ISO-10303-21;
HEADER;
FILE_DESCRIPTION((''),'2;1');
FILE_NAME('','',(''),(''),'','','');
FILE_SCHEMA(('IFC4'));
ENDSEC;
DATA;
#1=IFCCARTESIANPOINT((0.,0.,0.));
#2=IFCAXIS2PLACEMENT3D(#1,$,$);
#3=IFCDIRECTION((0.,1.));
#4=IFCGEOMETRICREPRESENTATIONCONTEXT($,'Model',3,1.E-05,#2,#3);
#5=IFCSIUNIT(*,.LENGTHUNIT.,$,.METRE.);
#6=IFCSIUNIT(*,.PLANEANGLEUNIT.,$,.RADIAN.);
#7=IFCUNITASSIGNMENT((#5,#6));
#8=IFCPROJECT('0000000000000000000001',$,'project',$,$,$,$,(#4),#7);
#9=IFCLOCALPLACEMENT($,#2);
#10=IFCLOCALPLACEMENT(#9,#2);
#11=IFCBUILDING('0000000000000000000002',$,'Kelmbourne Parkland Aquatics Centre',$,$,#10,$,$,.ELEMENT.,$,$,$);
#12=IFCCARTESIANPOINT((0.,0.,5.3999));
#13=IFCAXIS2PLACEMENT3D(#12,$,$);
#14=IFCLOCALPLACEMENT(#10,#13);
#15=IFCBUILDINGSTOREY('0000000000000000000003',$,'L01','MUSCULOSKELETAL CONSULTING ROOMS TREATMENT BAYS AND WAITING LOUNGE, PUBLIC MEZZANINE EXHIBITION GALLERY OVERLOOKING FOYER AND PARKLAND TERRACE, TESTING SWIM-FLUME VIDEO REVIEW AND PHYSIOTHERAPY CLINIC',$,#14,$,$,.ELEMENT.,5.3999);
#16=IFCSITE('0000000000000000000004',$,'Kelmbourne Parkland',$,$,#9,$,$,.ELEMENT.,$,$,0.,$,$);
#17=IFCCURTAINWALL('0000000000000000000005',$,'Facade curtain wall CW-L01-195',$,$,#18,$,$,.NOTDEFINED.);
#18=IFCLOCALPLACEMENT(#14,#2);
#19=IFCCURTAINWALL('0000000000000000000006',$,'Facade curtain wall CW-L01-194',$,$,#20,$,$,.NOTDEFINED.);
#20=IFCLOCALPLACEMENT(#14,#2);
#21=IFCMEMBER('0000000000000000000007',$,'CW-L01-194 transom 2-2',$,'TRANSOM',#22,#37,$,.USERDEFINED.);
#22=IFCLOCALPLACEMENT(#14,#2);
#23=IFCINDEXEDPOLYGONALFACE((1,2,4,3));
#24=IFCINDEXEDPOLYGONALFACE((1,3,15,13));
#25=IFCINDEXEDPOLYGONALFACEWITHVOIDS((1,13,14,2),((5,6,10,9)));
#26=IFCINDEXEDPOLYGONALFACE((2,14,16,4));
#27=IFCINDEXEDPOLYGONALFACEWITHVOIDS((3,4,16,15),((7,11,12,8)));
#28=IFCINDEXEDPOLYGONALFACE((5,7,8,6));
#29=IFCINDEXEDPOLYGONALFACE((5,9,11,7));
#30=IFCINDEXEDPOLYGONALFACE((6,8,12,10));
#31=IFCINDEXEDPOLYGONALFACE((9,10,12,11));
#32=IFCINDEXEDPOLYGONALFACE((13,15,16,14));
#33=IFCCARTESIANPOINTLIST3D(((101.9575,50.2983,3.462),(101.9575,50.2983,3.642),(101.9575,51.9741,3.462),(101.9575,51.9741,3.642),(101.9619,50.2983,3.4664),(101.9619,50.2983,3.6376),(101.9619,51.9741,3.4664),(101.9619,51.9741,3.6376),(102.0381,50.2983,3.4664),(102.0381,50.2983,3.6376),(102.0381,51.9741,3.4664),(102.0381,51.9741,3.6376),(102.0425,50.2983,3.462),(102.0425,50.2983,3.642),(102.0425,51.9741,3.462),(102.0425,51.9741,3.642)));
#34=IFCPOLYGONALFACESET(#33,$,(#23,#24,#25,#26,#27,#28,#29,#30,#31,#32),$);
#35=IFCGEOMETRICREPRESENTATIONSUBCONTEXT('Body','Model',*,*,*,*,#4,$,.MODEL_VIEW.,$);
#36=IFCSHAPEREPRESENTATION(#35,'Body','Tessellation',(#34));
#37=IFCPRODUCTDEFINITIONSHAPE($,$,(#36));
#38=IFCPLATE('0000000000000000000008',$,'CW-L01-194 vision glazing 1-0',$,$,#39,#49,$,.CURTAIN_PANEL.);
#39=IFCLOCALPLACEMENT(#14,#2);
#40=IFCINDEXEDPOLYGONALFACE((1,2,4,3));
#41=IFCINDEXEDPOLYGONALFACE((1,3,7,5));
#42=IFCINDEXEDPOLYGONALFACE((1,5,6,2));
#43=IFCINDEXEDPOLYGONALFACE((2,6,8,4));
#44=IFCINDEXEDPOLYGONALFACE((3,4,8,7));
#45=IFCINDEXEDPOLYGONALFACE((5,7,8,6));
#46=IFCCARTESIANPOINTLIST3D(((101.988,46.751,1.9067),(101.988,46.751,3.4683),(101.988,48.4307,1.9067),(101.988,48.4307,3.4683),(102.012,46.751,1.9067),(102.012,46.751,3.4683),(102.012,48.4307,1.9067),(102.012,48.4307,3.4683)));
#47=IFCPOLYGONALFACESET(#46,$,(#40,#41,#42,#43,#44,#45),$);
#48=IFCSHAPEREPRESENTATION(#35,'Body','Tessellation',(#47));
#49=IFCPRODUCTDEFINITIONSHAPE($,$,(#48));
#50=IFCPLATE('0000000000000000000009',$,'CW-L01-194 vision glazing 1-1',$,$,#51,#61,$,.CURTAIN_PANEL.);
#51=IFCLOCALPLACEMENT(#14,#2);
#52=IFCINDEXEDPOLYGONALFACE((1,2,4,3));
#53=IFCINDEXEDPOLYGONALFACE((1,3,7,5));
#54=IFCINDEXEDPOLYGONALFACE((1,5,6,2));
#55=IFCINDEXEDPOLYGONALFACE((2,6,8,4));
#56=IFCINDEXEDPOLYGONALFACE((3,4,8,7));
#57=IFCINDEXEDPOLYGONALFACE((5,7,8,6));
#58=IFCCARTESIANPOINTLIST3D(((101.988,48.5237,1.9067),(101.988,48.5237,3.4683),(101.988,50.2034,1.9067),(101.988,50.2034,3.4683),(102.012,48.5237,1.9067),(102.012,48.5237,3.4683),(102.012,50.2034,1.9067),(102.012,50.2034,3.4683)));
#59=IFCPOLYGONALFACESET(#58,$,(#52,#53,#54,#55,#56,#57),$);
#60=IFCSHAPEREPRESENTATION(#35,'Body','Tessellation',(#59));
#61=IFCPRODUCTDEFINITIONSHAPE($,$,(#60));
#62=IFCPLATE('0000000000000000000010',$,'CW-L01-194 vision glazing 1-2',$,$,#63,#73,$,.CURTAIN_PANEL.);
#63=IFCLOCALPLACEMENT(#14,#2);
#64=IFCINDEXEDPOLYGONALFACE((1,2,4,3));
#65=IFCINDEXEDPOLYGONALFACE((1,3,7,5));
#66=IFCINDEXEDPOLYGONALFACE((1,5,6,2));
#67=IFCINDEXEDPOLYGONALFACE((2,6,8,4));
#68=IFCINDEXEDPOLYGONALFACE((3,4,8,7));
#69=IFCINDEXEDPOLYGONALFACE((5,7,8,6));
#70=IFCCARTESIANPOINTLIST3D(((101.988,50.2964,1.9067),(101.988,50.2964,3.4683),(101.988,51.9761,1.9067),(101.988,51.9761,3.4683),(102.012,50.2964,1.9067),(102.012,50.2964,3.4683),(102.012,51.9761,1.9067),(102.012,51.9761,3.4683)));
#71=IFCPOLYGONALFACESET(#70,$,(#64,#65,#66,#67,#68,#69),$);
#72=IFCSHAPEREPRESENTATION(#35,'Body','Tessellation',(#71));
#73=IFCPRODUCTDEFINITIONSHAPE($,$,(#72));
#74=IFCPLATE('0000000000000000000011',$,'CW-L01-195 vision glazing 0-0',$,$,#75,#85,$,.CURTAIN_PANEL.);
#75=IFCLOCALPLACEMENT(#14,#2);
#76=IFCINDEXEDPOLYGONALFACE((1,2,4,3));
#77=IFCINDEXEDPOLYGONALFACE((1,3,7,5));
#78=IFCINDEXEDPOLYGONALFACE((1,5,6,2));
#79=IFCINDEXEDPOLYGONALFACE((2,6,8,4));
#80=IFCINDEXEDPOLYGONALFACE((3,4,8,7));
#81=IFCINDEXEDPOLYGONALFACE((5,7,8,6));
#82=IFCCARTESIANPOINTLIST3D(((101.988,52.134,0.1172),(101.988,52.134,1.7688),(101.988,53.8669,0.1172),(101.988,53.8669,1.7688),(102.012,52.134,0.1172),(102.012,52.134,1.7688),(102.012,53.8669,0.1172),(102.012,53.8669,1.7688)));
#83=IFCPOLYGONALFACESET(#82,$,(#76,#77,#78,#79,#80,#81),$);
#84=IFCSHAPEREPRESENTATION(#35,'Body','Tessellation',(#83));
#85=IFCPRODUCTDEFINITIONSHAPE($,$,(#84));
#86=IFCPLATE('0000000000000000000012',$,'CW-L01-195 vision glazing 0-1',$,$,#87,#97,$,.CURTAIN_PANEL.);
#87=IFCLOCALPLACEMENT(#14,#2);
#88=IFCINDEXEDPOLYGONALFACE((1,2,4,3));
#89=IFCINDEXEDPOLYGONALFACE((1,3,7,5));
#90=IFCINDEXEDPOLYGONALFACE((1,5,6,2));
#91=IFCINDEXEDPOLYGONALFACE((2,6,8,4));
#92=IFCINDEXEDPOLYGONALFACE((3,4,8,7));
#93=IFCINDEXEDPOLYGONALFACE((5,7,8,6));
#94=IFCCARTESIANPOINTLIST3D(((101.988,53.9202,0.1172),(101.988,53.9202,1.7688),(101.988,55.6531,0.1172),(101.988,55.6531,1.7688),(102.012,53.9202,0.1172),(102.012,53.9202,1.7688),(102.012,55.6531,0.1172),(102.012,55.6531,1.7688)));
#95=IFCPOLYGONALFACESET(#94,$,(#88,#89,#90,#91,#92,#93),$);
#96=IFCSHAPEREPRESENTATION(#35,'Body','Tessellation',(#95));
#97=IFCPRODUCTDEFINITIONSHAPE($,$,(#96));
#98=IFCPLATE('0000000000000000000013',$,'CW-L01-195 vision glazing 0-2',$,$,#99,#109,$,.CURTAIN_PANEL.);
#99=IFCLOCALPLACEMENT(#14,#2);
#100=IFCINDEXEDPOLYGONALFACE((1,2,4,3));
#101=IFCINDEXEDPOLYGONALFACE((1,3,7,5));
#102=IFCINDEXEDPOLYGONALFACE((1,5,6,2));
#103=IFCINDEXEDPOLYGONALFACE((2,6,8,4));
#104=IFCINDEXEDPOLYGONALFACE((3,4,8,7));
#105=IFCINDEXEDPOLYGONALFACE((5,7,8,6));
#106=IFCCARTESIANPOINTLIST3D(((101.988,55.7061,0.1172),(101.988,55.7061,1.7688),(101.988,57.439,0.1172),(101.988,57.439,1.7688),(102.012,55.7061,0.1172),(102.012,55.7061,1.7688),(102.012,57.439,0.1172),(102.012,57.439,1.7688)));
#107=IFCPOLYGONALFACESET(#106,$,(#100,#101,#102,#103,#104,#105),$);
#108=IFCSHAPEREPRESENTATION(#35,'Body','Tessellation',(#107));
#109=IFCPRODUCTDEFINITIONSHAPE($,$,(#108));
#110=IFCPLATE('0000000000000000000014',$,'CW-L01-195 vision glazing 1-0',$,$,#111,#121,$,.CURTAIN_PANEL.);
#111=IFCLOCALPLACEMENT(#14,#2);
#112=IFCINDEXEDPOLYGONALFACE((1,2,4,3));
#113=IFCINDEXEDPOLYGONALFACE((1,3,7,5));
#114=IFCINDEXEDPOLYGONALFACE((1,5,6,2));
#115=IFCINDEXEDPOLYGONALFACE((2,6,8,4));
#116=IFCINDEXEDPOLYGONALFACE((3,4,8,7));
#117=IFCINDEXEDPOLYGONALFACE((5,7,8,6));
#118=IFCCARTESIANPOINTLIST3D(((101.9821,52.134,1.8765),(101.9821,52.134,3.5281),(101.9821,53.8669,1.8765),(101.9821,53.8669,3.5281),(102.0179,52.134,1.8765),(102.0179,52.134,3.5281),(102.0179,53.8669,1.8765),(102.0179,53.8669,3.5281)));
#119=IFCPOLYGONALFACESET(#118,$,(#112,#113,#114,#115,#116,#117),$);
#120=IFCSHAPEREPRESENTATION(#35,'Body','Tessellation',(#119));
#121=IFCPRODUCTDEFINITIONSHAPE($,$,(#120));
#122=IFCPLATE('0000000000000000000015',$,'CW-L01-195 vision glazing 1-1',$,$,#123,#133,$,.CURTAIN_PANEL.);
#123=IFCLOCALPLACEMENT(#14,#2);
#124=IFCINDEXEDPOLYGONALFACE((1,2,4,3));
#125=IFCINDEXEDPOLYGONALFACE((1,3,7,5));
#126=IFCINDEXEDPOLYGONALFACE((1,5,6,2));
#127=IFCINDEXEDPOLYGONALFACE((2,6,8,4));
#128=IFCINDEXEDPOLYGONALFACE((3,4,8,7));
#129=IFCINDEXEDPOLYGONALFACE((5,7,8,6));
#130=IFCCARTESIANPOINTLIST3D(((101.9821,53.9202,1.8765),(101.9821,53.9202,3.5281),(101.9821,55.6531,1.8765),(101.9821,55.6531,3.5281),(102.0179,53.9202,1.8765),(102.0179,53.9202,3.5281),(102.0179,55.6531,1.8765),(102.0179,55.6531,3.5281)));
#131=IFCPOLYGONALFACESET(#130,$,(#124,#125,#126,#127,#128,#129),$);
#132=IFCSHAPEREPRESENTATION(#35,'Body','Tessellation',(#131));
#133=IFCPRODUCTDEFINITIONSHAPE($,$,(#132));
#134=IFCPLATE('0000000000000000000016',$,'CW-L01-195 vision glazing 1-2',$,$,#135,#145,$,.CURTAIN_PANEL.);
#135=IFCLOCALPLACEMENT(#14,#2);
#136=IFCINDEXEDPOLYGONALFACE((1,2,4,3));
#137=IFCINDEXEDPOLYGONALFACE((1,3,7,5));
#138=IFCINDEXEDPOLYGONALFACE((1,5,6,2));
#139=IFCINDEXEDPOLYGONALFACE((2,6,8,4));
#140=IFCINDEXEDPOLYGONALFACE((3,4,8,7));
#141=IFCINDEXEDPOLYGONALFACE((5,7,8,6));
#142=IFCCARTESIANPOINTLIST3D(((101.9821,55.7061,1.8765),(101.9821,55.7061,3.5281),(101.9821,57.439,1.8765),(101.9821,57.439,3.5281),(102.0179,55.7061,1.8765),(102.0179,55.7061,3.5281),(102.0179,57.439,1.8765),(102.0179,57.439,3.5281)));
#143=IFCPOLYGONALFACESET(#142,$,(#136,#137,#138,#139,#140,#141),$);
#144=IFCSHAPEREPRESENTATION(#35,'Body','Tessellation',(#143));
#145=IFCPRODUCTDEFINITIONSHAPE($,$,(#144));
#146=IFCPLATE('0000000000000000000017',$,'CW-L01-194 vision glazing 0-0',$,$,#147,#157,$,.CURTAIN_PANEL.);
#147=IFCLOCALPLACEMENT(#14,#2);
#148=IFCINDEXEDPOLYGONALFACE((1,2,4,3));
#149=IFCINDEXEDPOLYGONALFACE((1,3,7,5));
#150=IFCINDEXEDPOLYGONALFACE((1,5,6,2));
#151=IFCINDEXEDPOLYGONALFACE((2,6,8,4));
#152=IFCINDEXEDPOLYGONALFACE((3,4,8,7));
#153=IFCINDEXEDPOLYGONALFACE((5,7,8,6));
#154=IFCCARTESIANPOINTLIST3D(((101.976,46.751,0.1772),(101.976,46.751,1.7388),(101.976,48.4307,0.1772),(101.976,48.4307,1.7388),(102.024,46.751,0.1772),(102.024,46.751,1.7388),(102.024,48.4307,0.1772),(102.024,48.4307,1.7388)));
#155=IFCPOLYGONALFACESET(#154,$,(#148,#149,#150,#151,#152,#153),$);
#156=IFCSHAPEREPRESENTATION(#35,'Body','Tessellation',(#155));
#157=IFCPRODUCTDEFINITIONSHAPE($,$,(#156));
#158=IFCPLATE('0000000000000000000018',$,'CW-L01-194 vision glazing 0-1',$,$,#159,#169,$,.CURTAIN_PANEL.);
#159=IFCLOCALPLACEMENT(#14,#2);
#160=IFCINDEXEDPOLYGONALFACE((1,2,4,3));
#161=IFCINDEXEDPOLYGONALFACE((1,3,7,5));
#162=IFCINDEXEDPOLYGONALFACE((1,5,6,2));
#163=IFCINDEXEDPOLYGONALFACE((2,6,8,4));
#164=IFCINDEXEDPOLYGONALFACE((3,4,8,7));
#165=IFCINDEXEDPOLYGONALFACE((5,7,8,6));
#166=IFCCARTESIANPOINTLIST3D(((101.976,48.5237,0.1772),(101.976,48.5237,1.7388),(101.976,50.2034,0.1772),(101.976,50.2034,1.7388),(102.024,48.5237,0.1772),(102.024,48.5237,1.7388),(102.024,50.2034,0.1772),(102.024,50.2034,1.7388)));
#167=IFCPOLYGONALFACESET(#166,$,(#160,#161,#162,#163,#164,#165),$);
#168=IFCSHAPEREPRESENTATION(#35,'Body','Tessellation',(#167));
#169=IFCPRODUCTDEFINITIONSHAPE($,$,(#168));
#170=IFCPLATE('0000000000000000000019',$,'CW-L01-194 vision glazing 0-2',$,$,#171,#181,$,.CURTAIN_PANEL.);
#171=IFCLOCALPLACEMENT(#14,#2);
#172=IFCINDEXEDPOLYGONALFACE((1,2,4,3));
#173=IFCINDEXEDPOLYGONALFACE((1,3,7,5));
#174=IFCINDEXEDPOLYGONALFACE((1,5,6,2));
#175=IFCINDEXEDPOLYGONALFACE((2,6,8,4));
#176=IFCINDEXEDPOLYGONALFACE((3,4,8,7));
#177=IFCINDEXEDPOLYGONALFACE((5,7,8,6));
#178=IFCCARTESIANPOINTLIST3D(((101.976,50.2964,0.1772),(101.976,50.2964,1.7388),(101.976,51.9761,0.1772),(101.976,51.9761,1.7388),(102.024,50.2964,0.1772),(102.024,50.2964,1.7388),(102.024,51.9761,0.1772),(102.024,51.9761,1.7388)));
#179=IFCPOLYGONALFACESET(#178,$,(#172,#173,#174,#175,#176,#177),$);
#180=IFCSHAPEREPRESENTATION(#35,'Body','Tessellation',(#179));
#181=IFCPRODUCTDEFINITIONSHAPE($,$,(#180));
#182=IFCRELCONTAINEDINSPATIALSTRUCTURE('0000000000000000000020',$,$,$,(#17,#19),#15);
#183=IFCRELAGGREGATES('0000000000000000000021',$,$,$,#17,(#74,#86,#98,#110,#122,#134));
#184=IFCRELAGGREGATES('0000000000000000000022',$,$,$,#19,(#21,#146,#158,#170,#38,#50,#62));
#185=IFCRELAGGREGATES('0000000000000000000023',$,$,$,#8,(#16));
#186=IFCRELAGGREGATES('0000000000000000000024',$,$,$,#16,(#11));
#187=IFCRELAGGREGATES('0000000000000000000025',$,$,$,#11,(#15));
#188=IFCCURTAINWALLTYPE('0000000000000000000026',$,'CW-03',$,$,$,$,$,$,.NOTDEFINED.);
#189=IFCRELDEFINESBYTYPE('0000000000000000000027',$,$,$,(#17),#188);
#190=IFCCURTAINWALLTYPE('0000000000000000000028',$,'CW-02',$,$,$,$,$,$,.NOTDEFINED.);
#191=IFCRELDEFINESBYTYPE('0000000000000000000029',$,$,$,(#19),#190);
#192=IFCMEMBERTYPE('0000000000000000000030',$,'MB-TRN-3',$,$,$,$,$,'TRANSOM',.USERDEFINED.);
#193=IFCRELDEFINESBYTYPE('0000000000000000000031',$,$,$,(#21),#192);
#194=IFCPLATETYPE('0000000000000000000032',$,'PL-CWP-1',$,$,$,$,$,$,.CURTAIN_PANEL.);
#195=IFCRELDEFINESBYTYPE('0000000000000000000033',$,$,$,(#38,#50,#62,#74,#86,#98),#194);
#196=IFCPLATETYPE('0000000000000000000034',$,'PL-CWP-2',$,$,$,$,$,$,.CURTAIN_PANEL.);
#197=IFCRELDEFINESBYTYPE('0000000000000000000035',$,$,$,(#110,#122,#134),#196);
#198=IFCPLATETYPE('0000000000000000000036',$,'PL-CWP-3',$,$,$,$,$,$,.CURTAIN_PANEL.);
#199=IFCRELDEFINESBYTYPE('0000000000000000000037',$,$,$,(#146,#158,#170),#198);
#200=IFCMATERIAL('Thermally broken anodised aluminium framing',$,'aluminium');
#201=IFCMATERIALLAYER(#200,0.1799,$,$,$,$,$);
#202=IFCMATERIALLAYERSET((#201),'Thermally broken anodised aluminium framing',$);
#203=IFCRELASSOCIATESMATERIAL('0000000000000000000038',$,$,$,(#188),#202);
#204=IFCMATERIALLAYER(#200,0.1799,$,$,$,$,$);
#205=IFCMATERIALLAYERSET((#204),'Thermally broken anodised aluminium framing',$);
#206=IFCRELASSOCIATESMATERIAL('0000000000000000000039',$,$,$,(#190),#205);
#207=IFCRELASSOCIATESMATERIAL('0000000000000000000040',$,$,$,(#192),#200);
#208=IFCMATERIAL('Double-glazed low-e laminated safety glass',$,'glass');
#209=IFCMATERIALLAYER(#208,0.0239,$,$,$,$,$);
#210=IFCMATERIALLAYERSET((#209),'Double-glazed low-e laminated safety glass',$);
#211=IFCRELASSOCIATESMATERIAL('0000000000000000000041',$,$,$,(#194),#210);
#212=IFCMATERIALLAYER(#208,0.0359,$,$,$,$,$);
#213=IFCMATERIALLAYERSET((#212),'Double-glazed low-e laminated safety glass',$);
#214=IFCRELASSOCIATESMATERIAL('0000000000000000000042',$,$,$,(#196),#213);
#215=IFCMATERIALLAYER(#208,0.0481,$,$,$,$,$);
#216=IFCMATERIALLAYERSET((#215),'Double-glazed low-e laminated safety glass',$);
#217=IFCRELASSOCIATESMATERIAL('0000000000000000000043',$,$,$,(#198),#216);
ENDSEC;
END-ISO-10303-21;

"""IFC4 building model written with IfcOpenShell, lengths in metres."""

from ifc_helpers import new_model, si_unit, direction, frame, origin, origin_2d, place, context, subcontext, project, spatial, rectangle, hollow_rectangle, extrude, material, layer, layer_set, material_profile, profile_set, type_object, element, aggregate, save


model = new_model("IFC4")

# Units and contexts
model_context = context("Model", 3, precision=1e-05, world=origin(), true_north=direction((0.0, 1.0)))
body_context = subcontext(model_context, "Body", "Model", "MODEL_VIEW")
ifc_project = project(units=[si_unit("LENGTHUNIT", "METRE"), si_unit("PLANEANGLEUNIT", "RADIAN")], contexts=[model_context])

# Site, building, storey
site_placement = place(None, origin())
site = spatial("IfcSite", under=ifc_project, at=site_placement, Name="Kelmbourne Parkland", CompositionType="ELEMENT", RefElevation=0.0)
building_placement = place(site_placement, origin())
building = spatial("IfcBuilding", under=site, at=building_placement, Name="Kelmbourne Parkland Aquatics Centre", CompositionType="ELEMENT")
storey_placement = place(building_placement, frame((0.0, 0.0, 5.3999)))
storey = spatial("IfcBuildingStorey", under=building, at=storey_placement, Name="L01", Description="MUSCULOSKELETAL CONSULTING ROOMS TREATMENT BAYS AND WAITING LOUNGE, PUBLIC MEZZANINE EXHIBITION GALLERY OVERLOOKING FOYER AND PARKLAND TERRACE, TESTING SWIM-FLUME VIDEO REVIEW AND PHYSIOTHERAPY CLINIC", CompositionType="ELEMENT", Elevation=5.3999)

# Curtain walls
ifc_material_1 = material(Name="Thermally broken anodised aluminium framing", Category="aluminium")
ifc_layer_1 = layer(ifc_material_1, 0.1799)
ifc_layer_set_1 = layer_set([ifc_layer_1], Name="Thermally broken anodised aluminium framing")
curtain_wall_type_1 = type_object("IfcCurtainWallType", Name="CW-03", PredefinedType="NOTDEFINED", material=ifc_layer_set_1)
curtain_wall_1_placement = place(storey_placement, origin())
curtain_wall_1 = element("IfcCurtainWall", 1, at=curtain_wall_1_placement, inside=storey, type_object=curtain_wall_type_1, Name="Facade curtain wall CW-L01-195", PredefinedType="NOTDEFINED")
ifc_layer_2 = layer(ifc_material_1, 0.1799)
ifc_layer_set_2 = layer_set([ifc_layer_2], Name="Thermally broken anodised aluminium framing")
curtain_wall_type_2 = type_object("IfcCurtainWallType", Name="CW-02", PredefinedType="NOTDEFINED", material=ifc_layer_set_2)
curtain_wall_2_placement = place(storey_placement, origin())
curtain_wall_2 = element("IfcCurtainWall", 2, at=curtain_wall_2_placement, inside=storey, type_object=curtain_wall_type_2, Name="Facade curtain wall CW-L01-194", PredefinedType="NOTDEFINED")

# Member
ifc_material_profile_1 = material_profile(ifc_material_1, hollow_rectangle(XDim=0.085, YDim=0.1799, WallThickness=0.0044, at=origin_2d()), Name="CW-T 85x180")
ifc_profile_set_1 = profile_set([ifc_material_profile_1], Name="Thermally broken anodised aluminium framing")
member_type_1 = type_object("IfcMemberType", Name="MB-TRN-3", ElementType="TRANSOM", PredefinedType="USERDEFINED", material=ifc_profile_set_1)
member_1_placement = place(storey_placement, frame((102.0, 50.2983, 3.552), z_axis=(0.0, 1.0, 0.0), x_axis=(-1.0, 0.0, 0.0)))
member_1 = element("IfcMember", 3, at=member_1_placement, type_object=member_type_1, Name="CW-L01-194 transom 2-2", ObjectType="TRANSOM", PredefinedType="USERDEFINED", context=body_context, shape_type="SweptSolid", body=[
    extrude(hollow_rectangle(XDim=0.085, YDim=0.1799, WallThickness=0.0044, at=origin_2d()), origin(), (0.0, 0.0, 1.0), 1.6758),
])

# Plates
ifc_material_2 = material(Name="Double-glazed low-e laminated safety glass", Category="glass")
ifc_layer_3 = layer(ifc_material_2, 0.0239)
ifc_layer_set_3 = layer_set([ifc_layer_3], Name="Double-glazed low-e laminated safety glass")
plate_type_1 = type_object("IfcPlateType", Name="PL-CWP-1", PredefinedType="CURTAIN_PANEL", material=ifc_layer_set_3)
plate_1_placement = place(storey_placement, frame((102.0, 47.5908, 1.9067), z_axis=(0.0, 0.0, 1.0), x_axis=(0.0, 1.0, 0.0)))
plate_1 = element("IfcPlate", 4, at=plate_1_placement, type_object=plate_type_1, Name="CW-L01-194 vision glazing 1-0", PredefinedType="CURTAIN_PANEL", context=body_context, shape_type="SweptSolid", body=[
    extrude(rectangle(XDim=1.6797, YDim=0.0239, at=origin_2d()), origin(), (0.0, 0.0, 1.0), 1.5615),
])
plate_2_placement = place(storey_placement, frame((102.0, 49.3635, 1.9067), z_axis=(0.0, 0.0, 1.0), x_axis=(0.0, 1.0, 0.0)))
plate_2 = element("IfcPlate", 5, at=plate_2_placement, type_object=plate_type_1, Name="CW-L01-194 vision glazing 1-1", PredefinedType="CURTAIN_PANEL", context=body_context, shape_type="SweptSolid", body=[
    extrude(rectangle(XDim=1.6797, YDim=0.0239, at=origin_2d()), origin(), (0.0, 0.0, 1.0), 1.5615),
])
plate_3_placement = place(storey_placement, frame((102.0, 51.1362, 1.9067), z_axis=(0.0, 0.0, 1.0), x_axis=(0.0, 1.0, 0.0)))
plate_3 = element("IfcPlate", 6, at=plate_3_placement, type_object=plate_type_1, Name="CW-L01-194 vision glazing 1-2", PredefinedType="CURTAIN_PANEL", context=body_context, shape_type="SweptSolid", body=[
    extrude(rectangle(XDim=1.6797, YDim=0.0239, at=origin_2d()), origin(), (0.0, 0.0, 1.0), 1.5615),
])
plate_4_placement = place(storey_placement, frame((102.0, 53.0005, 0.1172), z_axis=(0.0, 0.0, 1.0), x_axis=(0.0, 1.0, 0.0)))
plate_4 = element("IfcPlate", 7, at=plate_4_placement, type_object=plate_type_1, Name="CW-L01-195 vision glazing 0-0", PredefinedType="CURTAIN_PANEL", context=body_context, shape_type="SweptSolid", body=[
    extrude(rectangle(XDim=1.7329, YDim=0.0239, at=origin_2d()), origin(), (0.0, 0.0, 1.0), 1.6516),
])
plate_5_placement = place(storey_placement, frame((102.0, 54.7866, 0.1172), z_axis=(0.0, 0.0, 1.0), x_axis=(0.0, 1.0, 0.0)))
plate_5 = element("IfcPlate", 8, at=plate_5_placement, type_object=plate_type_1, Name="CW-L01-195 vision glazing 0-1", PredefinedType="CURTAIN_PANEL", context=body_context, shape_type="SweptSolid", body=[
    extrude(rectangle(XDim=1.7329, YDim=0.0239, at=origin_2d()), origin(), (0.0, 0.0, 1.0), 1.6516),
])
plate_6_placement = place(storey_placement, frame((102.0, 56.5725, 0.1172), z_axis=(0.0, 0.0, 1.0), x_axis=(0.0, 1.0, 0.0)))
plate_6 = element("IfcPlate", 9, at=plate_6_placement, type_object=plate_type_1, Name="CW-L01-195 vision glazing 0-2", PredefinedType="CURTAIN_PANEL", context=body_context, shape_type="SweptSolid", body=[
    extrude(rectangle(XDim=1.7329, YDim=0.0239, at=origin_2d()), origin(), (0.0, 0.0, 1.0), 1.6516),
])
ifc_layer_4 = layer(ifc_material_2, 0.0359)
ifc_layer_set_4 = layer_set([ifc_layer_4], Name="Double-glazed low-e laminated safety glass")
plate_type_2 = type_object("IfcPlateType", Name="PL-CWP-2", PredefinedType="CURTAIN_PANEL", material=ifc_layer_set_4)
plate_7_placement = place(storey_placement, frame((102.0, 53.0005, 1.8765), z_axis=(0.0, 0.0, 1.0), x_axis=(0.0, 1.0, 0.0)))
plate_7 = element("IfcPlate", 10, at=plate_7_placement, type_object=plate_type_2, Name="CW-L01-195 vision glazing 1-0", PredefinedType="CURTAIN_PANEL", context=body_context, shape_type="SweptSolid", body=[
    extrude(rectangle(XDim=1.7329, YDim=0.0359, at=origin_2d()), origin(), (0.0, 0.0, 1.0), 1.6516),
])
plate_8_placement = place(storey_placement, frame((102.0, 54.7866, 1.8765), z_axis=(0.0, 0.0, 1.0), x_axis=(0.0, 1.0, 0.0)))
plate_8 = element("IfcPlate", 11, at=plate_8_placement, type_object=plate_type_2, Name="CW-L01-195 vision glazing 1-1", PredefinedType="CURTAIN_PANEL", context=body_context, shape_type="SweptSolid", body=[
    extrude(rectangle(XDim=1.7329, YDim=0.0359, at=origin_2d()), origin(), (0.0, 0.0, 1.0), 1.6516),
])
plate_9_placement = place(storey_placement, frame((102.0, 56.5725, 1.8765), z_axis=(0.0, 0.0, 1.0), x_axis=(0.0, 1.0, 0.0)))
plate_9 = element("IfcPlate", 12, at=plate_9_placement, type_object=plate_type_2, Name="CW-L01-195 vision glazing 1-2", PredefinedType="CURTAIN_PANEL", context=body_context, shape_type="SweptSolid", body=[
    extrude(rectangle(XDim=1.7329, YDim=0.0359, at=origin_2d()), origin(), (0.0, 0.0, 1.0), 1.6516),
])
aggregate(curtain_wall_1, [plate_4, plate_5, plate_6, plate_7, plate_8, plate_9])
ifc_layer_5 = layer(ifc_material_2, 0.0481)
ifc_layer_set_5 = layer_set([ifc_layer_5], Name="Double-glazed low-e laminated safety glass")
plate_type_3 = type_object("IfcPlateType", Name="PL-CWP-3", PredefinedType="CURTAIN_PANEL", material=ifc_layer_set_5)
plate_10_placement = place(storey_placement, frame((102.0, 47.5908, 0.1772), z_axis=(0.0, 0.0, 1.0), x_axis=(0.0, 1.0, 0.0)))
plate_10 = element("IfcPlate", 13, at=plate_10_placement, type_object=plate_type_3, Name="CW-L01-194 vision glazing 0-0", PredefinedType="CURTAIN_PANEL", context=body_context, shape_type="SweptSolid", body=[
    extrude(rectangle(XDim=1.6797, YDim=0.0481, at=origin_2d()), origin(), (0.0, 0.0, 1.0), 1.5615),
])
plate_11_placement = place(storey_placement, frame((102.0, 49.3635, 0.1772), z_axis=(0.0, 0.0, 1.0), x_axis=(0.0, 1.0, 0.0)))
plate_11 = element("IfcPlate", 14, at=plate_11_placement, type_object=plate_type_3, Name="CW-L01-194 vision glazing 0-1", PredefinedType="CURTAIN_PANEL", context=body_context, shape_type="SweptSolid", body=[
    extrude(rectangle(XDim=1.6797, YDim=0.0481, at=origin_2d()), origin(), (0.0, 0.0, 1.0), 1.5615),
])
plate_12_placement = place(storey_placement, frame((102.0, 51.1362, 0.1772), z_axis=(0.0, 0.0, 1.0), x_axis=(0.0, 1.0, 0.0)))
plate_12 = element("IfcPlate", 15, at=plate_12_placement, type_object=plate_type_3, Name="CW-L01-194 vision glazing 0-2", PredefinedType="CURTAIN_PANEL", context=body_context, shape_type="SweptSolid", body=[
    extrude(rectangle(XDim=1.6797, YDim=0.0481, at=origin_2d()), origin(), (0.0, 0.0, 1.0), 1.5615),
])
aggregate(curtain_wall_2, [member_1, plate_10, plate_11, plate_12, plate_1, plate_2, plate_3])

save(model, "model.ifc")
